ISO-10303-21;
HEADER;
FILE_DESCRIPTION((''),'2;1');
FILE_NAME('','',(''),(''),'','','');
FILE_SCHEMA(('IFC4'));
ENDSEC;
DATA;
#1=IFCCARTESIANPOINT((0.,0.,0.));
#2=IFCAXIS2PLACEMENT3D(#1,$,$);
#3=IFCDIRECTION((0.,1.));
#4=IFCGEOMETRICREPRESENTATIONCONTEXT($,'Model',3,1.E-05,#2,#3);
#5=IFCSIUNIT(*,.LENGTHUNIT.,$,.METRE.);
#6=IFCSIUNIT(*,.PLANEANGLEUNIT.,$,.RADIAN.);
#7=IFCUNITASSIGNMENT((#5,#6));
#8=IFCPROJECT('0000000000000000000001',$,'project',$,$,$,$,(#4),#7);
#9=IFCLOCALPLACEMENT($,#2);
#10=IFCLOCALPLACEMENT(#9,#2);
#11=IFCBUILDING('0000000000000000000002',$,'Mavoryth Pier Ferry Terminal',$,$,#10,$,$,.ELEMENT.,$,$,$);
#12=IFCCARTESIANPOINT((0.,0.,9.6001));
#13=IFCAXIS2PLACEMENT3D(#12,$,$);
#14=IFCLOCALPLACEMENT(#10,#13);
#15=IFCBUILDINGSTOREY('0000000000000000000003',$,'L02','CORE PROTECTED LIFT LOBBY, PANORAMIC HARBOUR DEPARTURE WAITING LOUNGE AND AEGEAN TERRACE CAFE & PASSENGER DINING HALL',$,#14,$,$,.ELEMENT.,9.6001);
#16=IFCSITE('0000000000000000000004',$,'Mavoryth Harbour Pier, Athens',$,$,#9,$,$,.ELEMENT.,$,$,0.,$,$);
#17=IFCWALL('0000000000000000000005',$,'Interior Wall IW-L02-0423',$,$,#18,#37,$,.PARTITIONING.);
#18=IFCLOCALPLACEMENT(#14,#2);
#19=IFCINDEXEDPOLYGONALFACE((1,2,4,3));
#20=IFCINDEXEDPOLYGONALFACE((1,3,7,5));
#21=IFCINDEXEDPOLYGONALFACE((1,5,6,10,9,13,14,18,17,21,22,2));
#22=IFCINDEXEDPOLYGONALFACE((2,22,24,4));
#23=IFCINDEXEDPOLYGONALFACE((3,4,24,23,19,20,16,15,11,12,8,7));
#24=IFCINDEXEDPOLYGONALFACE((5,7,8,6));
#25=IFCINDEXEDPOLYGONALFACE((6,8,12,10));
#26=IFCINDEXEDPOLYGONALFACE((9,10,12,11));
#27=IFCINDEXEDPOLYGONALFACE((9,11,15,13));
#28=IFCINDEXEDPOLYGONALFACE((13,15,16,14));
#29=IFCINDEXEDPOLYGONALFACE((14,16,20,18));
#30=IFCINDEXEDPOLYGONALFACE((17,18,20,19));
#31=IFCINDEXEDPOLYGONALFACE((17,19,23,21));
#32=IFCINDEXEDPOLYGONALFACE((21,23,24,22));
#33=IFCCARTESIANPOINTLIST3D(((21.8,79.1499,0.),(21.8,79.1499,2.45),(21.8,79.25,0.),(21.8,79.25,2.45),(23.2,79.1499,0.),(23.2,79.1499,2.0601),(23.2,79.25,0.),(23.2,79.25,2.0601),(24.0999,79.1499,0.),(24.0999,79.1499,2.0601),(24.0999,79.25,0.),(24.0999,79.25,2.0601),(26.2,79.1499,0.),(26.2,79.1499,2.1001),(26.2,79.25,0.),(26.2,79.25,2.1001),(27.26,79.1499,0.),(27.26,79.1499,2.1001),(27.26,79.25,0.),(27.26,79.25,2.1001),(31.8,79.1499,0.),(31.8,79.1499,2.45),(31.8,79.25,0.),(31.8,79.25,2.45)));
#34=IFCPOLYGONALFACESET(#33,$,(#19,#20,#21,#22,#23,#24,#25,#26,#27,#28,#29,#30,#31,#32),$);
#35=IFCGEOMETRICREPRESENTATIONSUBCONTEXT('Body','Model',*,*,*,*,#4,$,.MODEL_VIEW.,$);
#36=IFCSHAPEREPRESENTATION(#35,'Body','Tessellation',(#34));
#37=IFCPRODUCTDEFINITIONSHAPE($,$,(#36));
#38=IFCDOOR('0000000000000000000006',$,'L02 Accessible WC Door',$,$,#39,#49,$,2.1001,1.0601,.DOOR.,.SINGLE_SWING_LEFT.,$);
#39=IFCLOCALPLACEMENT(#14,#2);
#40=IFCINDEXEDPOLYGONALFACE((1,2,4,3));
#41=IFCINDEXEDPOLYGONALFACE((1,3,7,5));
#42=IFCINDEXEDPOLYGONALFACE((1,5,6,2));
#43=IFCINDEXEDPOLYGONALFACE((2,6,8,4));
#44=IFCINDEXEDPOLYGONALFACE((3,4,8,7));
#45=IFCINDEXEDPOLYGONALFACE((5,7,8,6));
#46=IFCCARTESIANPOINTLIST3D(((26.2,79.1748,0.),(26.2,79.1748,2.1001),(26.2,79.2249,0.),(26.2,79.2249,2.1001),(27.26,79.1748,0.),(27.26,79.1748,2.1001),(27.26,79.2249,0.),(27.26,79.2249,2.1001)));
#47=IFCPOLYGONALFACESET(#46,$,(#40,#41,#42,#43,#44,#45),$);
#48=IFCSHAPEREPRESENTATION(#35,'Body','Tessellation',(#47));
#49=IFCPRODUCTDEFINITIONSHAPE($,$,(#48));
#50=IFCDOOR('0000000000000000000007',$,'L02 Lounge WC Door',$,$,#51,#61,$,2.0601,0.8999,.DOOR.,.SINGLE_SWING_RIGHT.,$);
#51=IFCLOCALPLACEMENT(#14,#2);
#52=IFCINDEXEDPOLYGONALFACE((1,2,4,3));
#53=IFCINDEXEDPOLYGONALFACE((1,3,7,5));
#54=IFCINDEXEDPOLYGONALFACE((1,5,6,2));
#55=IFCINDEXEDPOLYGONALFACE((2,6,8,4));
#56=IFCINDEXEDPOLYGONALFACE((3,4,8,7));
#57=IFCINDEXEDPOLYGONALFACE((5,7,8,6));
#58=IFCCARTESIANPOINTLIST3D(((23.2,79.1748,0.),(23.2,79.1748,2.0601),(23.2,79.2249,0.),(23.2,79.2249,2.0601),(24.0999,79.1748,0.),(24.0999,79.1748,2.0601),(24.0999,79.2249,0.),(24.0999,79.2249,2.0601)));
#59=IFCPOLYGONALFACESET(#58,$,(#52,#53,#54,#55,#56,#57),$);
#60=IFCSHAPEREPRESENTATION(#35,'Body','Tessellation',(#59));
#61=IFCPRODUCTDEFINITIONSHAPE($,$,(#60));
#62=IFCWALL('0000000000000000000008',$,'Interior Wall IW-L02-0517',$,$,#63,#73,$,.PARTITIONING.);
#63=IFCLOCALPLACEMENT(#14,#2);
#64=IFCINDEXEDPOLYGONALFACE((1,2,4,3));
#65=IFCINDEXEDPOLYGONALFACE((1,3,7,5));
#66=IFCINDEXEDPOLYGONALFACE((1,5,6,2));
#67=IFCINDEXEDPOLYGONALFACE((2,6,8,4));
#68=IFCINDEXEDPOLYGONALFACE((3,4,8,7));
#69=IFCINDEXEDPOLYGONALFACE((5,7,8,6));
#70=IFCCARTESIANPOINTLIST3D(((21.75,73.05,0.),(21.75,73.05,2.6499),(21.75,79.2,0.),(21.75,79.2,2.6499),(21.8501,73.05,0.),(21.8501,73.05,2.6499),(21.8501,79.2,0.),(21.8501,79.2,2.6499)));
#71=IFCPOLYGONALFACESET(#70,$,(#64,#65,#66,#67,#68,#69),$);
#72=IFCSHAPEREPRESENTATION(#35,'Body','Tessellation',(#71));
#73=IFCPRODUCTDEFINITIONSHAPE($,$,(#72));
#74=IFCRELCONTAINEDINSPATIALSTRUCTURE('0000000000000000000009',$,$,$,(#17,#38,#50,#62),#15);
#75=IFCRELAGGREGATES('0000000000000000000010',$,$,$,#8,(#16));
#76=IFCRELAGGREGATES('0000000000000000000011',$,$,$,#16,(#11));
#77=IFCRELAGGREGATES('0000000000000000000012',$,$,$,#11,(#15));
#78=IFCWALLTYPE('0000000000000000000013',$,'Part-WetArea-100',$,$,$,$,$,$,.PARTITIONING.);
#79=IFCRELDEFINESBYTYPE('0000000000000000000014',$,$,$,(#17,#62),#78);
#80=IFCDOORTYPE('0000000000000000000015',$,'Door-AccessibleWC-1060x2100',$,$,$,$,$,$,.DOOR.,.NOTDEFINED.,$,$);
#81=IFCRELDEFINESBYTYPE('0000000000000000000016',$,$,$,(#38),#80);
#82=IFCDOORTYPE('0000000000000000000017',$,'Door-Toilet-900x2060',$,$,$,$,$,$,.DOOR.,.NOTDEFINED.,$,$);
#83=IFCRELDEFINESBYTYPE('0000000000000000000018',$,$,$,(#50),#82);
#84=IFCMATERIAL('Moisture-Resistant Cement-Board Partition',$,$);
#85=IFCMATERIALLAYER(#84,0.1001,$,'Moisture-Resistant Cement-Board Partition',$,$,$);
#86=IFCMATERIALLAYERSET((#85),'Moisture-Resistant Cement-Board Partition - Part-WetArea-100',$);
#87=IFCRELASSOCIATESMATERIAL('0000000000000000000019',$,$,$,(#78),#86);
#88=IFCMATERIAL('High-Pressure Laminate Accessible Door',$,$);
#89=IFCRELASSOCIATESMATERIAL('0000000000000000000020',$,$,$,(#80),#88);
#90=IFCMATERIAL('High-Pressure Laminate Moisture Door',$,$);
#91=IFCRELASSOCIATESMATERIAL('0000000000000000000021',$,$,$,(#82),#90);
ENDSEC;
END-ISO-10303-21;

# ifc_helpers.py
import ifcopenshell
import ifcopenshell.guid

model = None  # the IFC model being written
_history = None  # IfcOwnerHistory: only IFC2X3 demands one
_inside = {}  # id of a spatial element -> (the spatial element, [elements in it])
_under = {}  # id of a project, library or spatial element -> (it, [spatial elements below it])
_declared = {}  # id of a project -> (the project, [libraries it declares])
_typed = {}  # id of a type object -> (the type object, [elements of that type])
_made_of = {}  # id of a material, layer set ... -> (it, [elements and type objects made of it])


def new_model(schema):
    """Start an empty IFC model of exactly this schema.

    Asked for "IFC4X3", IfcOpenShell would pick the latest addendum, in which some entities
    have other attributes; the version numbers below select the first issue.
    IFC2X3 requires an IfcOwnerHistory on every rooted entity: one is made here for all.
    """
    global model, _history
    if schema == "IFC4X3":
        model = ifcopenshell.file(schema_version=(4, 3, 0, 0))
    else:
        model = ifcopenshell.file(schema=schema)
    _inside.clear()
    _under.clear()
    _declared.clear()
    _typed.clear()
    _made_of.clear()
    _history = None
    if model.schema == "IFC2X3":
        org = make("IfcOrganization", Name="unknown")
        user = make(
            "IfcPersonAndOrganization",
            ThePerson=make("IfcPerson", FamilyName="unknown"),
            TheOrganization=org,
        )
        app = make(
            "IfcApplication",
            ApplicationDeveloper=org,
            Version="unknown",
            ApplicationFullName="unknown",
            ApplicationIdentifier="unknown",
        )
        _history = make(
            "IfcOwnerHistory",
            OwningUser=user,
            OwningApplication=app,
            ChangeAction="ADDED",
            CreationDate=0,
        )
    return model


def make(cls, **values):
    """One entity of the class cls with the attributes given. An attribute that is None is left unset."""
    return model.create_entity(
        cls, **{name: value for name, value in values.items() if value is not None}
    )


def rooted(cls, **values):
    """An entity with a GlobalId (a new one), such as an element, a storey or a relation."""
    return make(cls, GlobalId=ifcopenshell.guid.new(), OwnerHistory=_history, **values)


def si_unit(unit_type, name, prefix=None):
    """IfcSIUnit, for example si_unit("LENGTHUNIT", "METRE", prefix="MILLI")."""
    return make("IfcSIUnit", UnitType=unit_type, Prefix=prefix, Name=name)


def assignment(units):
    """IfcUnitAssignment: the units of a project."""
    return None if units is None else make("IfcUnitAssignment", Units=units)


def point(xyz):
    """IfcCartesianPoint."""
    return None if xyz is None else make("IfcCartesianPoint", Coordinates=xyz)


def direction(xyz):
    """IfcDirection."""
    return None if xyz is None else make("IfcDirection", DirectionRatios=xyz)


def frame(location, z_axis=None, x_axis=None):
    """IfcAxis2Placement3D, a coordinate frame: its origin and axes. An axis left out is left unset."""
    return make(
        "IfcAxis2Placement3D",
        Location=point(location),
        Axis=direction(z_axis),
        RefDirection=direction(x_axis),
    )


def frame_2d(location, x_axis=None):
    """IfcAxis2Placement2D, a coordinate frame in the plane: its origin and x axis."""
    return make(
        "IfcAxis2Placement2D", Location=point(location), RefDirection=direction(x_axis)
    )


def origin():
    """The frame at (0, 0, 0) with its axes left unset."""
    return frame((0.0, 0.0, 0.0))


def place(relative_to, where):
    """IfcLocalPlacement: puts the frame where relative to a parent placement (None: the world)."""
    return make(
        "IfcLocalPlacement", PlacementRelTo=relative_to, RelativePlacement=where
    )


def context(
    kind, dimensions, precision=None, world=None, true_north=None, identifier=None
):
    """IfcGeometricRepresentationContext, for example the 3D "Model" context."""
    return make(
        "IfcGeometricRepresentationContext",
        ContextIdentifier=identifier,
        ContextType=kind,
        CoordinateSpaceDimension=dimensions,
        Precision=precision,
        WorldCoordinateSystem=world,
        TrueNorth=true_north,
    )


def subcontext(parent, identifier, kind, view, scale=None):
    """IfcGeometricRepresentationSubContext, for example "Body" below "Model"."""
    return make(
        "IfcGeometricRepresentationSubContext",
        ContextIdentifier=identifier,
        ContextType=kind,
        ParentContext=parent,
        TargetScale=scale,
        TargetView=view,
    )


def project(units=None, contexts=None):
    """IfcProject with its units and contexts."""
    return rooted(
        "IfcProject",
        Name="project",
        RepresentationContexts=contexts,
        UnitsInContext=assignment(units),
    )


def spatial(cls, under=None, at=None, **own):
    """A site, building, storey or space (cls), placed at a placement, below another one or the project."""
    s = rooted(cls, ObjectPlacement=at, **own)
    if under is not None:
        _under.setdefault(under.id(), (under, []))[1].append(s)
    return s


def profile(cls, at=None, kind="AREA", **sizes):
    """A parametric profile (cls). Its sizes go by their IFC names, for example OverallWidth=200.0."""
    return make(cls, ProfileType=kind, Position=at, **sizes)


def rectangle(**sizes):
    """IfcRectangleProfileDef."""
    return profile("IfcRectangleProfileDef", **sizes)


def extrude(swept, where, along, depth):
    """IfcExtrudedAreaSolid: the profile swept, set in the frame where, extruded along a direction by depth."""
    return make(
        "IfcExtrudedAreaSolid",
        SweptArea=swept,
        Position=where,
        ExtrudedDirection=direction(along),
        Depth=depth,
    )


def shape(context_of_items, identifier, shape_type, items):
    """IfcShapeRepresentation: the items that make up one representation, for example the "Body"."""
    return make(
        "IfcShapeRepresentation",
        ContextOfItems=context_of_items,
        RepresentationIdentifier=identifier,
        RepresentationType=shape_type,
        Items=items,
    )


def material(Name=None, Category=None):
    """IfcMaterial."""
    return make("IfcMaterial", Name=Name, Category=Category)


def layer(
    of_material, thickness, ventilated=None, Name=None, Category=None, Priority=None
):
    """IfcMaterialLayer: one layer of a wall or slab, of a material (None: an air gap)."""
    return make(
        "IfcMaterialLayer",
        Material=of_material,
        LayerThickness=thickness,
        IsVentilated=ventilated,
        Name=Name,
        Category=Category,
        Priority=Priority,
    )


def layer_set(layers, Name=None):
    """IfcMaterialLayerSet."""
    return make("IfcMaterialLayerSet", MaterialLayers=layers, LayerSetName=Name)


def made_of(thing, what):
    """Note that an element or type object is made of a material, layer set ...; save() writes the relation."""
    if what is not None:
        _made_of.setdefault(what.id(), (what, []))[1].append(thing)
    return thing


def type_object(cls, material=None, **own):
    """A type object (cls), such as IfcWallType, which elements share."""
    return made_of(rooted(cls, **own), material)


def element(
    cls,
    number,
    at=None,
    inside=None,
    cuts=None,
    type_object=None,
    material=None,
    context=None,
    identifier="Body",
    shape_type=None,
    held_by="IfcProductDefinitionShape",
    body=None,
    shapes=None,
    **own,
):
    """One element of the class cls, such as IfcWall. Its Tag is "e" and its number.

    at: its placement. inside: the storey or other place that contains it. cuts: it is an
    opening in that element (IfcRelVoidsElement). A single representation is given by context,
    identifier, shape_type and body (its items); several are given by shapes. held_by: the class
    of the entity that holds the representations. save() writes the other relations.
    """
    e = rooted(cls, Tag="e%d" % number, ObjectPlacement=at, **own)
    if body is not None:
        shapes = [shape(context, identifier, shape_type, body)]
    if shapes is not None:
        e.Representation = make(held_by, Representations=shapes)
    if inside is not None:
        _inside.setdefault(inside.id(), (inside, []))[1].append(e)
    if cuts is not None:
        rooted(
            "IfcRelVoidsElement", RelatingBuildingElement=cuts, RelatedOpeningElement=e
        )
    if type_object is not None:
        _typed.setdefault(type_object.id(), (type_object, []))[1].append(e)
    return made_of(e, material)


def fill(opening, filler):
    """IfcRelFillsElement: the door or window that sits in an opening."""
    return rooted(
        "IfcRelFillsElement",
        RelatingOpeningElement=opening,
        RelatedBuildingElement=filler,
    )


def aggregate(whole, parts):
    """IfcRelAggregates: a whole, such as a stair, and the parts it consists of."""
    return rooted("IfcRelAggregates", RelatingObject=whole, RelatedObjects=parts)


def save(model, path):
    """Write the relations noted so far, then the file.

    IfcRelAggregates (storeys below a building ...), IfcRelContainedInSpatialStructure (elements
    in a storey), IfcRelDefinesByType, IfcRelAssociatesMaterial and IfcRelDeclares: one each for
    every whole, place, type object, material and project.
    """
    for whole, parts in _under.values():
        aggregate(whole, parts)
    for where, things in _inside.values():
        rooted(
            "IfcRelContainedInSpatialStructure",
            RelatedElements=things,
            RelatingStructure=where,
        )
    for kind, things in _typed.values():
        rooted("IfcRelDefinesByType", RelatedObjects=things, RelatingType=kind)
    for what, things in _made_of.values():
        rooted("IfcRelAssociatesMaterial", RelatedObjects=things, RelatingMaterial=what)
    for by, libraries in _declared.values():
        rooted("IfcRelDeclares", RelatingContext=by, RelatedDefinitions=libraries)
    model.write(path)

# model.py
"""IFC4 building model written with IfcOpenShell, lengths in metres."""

from ifc_helpers import new_model, si_unit, direction, frame, frame_2d, origin, place, context, subcontext, project, spatial, rectangle, extrude, material, layer, layer_set, type_object, element, fill, save


model = new_model("IFC4")

# Units and contexts
model_context = context("Model", 3, precision=1e-05, world=origin(), true_north=direction((0.0, 1.0)))
body_context = subcontext(model_context, "Body", "Model", "MODEL_VIEW")
ifc_project = project(units=[si_unit("LENGTHUNIT", "METRE"), si_unit("PLANEANGLEUNIT", "RADIAN")], contexts=[model_context])

# Site, building, storey
site_placement = place(None, origin())
site = spatial("IfcSite", under=ifc_project, at=site_placement, Name="Mavoryth Harbour Pier, Athens", CompositionType="ELEMENT", RefElevation=0.0)
building_placement = place(site_placement, origin())
building = spatial("IfcBuilding", under=site, at=building_placement, Name="Mavoryth Pier Ferry Terminal", CompositionType="ELEMENT")
storey_placement = place(building_placement, frame((0.0, 0.0, 9.6001)))
storey = spatial("IfcBuildingStorey", under=building, at=storey_placement, Name="L02", Description="CORE PROTECTED LIFT LOBBY, PANORAMIC HARBOUR DEPARTURE WAITING LOUNGE AND AEGEAN TERRACE CAFE & PASSENGER DINING HALL", CompositionType="ELEMENT", Elevation=9.6001)

# Wall, openings, doors
ifc_material_1 = material(Name="Moisture-Resistant Cement-Board Partition")
ifc_layer_1 = layer(ifc_material_1, 0.1001, Name="Moisture-Resistant Cement-Board Partition")
ifc_layer_set_1 = layer_set([ifc_layer_1], Name="Moisture-Resistant Cement-Board Partition - Part-WetArea-100")
wall_type = type_object("IfcWallType", Name="Part-WetArea-100", PredefinedType="PARTITIONING", material=ifc_layer_set_1)
wall_1_placement = place(storey_placement, frame((21.8, 79.2, 0.0), z_axis=(0.0, 0.0, 1.0), x_axis=(1.0, 0.0, 0.0)))
wall_1 = element("IfcWall", 1, at=wall_1_placement, inside=storey, type_object=wall_type, Name="Interior Wall IW-L02-0423", PredefinedType="PARTITIONING", context=body_context, shape_type="SweptSolid", body=[
    extrude(rectangle(XDim=10.0, YDim=0.1001, at=frame_2d((5.0, 0.0))), origin(), (0.0, 0.0, 1.0), 2.45),
])
opening_1_placement = place(wall_1_placement, frame((1.3999, 0.0, 0.0)))
opening_1 = element("IfcOpeningElement", 2, at=opening_1_placement, cuts=wall_1, PredefinedType="OPENING", context=body_context, shape_type="SweptSolid", body=[
    extrude(rectangle(XDim=0.8999, YDim=2.0601, at=frame_2d((0.45, 1.03))), frame((0.0, 0.0601, 0.0), z_axis=(0.0, -1.0, 0.0), x_axis=(1.0, 0.0, 0.0)), (0.0, 0.0, 1.0), 0.1201),
])
opening_2_placement = place(wall_1_placement, frame((4.3999, 0.0, 0.0)))
opening_2 = element("IfcOpeningElement", 3, at=opening_2_placement, cuts=wall_1, PredefinedType="OPENING", context=body_context, shape_type="SweptSolid", body=[
    extrude(rectangle(XDim=1.0601, YDim=2.1001, at=frame_2d((0.53, 1.05))), frame((0.0, 0.0601, 0.0), z_axis=(0.0, -1.0, 0.0), x_axis=(1.0, 0.0, 0.0)), (0.0, 0.0, 1.0), 0.1201),
])
ifc_material_2 = material(Name="High-Pressure Laminate Accessible Door")
door_type_1 = type_object("IfcDoorType", Name="Door-AccessibleWC-1060x2100", OperationType="NOTDEFINED", PredefinedType="DOOR", material=ifc_material_2)
door_1_placement = place(opening_2_placement, origin())
door_1 = element("IfcDoor", 4, at=door_1_placement, inside=storey, type_object=door_type_1, Name="L02 Accessible WC Door", OperationType="SINGLE_SWING_LEFT", OverallHeight=2.1001, OverallWidth=1.0601, PredefinedType="DOOR", context=body_context, shape_type="SweptSolid", body=[
    extrude(rectangle(XDim=1.0601, YDim=2.1001, at=frame_2d((0.53, 1.05))), frame((0.0, 0.0249, 0.0), z_axis=(0.0, -1.0, 0.0), x_axis=(1.0, 0.0, 0.0)), (0.0, 0.0, 1.0), 0.05),
])
fill(opening_2, door_1)
ifc_material_3 = material(Name="High-Pressure Laminate Moisture Door")
door_type_2 = type_object("IfcDoorType", Name="Door-Toilet-900x2060", OperationType="NOTDEFINED", PredefinedType="DOOR", material=ifc_material_3)
door_2_placement = place(opening_1_placement, origin())
door_2 = element("IfcDoor", 5, at=door_2_placement, inside=storey, type_object=door_type_2, Name="L02 Lounge WC Door", OperationType="SINGLE_SWING_RIGHT", OverallHeight=2.0601, OverallWidth=0.8999, PredefinedType="DOOR", context=body_context, shape_type="SweptSolid", body=[
    extrude(rectangle(XDim=0.8999, YDim=2.0601, at=frame_2d((0.45, 1.03))), frame((0.0, 0.0249, 0.0), z_axis=(0.0, -1.0, 0.0), x_axis=(1.0, 0.0, 0.0)), (0.0, 0.0, 1.0), 0.05),
])
fill(opening_1, door_2)

# Wall
wall_2_placement = place(storey_placement, frame((21.8, 73.05, 0.0), z_axis=(0.0, 0.0, 1.0), x_axis=(0.0, 1.0, 0.0)))
element("IfcWall", 6, at=wall_2_placement, inside=storey, type_object=wall_type, Name="Interior Wall IW-L02-0517", PredefinedType="PARTITIONING", context=body_context, shape_type="SweptSolid", body=[
    extrude(rectangle(XDim=6.1499, YDim=0.1001, at=frame_2d((3.075, 0.0))), origin(), (0.0, 0.0, 1.0), 2.6499),
])

save(model, "model.ifc")
